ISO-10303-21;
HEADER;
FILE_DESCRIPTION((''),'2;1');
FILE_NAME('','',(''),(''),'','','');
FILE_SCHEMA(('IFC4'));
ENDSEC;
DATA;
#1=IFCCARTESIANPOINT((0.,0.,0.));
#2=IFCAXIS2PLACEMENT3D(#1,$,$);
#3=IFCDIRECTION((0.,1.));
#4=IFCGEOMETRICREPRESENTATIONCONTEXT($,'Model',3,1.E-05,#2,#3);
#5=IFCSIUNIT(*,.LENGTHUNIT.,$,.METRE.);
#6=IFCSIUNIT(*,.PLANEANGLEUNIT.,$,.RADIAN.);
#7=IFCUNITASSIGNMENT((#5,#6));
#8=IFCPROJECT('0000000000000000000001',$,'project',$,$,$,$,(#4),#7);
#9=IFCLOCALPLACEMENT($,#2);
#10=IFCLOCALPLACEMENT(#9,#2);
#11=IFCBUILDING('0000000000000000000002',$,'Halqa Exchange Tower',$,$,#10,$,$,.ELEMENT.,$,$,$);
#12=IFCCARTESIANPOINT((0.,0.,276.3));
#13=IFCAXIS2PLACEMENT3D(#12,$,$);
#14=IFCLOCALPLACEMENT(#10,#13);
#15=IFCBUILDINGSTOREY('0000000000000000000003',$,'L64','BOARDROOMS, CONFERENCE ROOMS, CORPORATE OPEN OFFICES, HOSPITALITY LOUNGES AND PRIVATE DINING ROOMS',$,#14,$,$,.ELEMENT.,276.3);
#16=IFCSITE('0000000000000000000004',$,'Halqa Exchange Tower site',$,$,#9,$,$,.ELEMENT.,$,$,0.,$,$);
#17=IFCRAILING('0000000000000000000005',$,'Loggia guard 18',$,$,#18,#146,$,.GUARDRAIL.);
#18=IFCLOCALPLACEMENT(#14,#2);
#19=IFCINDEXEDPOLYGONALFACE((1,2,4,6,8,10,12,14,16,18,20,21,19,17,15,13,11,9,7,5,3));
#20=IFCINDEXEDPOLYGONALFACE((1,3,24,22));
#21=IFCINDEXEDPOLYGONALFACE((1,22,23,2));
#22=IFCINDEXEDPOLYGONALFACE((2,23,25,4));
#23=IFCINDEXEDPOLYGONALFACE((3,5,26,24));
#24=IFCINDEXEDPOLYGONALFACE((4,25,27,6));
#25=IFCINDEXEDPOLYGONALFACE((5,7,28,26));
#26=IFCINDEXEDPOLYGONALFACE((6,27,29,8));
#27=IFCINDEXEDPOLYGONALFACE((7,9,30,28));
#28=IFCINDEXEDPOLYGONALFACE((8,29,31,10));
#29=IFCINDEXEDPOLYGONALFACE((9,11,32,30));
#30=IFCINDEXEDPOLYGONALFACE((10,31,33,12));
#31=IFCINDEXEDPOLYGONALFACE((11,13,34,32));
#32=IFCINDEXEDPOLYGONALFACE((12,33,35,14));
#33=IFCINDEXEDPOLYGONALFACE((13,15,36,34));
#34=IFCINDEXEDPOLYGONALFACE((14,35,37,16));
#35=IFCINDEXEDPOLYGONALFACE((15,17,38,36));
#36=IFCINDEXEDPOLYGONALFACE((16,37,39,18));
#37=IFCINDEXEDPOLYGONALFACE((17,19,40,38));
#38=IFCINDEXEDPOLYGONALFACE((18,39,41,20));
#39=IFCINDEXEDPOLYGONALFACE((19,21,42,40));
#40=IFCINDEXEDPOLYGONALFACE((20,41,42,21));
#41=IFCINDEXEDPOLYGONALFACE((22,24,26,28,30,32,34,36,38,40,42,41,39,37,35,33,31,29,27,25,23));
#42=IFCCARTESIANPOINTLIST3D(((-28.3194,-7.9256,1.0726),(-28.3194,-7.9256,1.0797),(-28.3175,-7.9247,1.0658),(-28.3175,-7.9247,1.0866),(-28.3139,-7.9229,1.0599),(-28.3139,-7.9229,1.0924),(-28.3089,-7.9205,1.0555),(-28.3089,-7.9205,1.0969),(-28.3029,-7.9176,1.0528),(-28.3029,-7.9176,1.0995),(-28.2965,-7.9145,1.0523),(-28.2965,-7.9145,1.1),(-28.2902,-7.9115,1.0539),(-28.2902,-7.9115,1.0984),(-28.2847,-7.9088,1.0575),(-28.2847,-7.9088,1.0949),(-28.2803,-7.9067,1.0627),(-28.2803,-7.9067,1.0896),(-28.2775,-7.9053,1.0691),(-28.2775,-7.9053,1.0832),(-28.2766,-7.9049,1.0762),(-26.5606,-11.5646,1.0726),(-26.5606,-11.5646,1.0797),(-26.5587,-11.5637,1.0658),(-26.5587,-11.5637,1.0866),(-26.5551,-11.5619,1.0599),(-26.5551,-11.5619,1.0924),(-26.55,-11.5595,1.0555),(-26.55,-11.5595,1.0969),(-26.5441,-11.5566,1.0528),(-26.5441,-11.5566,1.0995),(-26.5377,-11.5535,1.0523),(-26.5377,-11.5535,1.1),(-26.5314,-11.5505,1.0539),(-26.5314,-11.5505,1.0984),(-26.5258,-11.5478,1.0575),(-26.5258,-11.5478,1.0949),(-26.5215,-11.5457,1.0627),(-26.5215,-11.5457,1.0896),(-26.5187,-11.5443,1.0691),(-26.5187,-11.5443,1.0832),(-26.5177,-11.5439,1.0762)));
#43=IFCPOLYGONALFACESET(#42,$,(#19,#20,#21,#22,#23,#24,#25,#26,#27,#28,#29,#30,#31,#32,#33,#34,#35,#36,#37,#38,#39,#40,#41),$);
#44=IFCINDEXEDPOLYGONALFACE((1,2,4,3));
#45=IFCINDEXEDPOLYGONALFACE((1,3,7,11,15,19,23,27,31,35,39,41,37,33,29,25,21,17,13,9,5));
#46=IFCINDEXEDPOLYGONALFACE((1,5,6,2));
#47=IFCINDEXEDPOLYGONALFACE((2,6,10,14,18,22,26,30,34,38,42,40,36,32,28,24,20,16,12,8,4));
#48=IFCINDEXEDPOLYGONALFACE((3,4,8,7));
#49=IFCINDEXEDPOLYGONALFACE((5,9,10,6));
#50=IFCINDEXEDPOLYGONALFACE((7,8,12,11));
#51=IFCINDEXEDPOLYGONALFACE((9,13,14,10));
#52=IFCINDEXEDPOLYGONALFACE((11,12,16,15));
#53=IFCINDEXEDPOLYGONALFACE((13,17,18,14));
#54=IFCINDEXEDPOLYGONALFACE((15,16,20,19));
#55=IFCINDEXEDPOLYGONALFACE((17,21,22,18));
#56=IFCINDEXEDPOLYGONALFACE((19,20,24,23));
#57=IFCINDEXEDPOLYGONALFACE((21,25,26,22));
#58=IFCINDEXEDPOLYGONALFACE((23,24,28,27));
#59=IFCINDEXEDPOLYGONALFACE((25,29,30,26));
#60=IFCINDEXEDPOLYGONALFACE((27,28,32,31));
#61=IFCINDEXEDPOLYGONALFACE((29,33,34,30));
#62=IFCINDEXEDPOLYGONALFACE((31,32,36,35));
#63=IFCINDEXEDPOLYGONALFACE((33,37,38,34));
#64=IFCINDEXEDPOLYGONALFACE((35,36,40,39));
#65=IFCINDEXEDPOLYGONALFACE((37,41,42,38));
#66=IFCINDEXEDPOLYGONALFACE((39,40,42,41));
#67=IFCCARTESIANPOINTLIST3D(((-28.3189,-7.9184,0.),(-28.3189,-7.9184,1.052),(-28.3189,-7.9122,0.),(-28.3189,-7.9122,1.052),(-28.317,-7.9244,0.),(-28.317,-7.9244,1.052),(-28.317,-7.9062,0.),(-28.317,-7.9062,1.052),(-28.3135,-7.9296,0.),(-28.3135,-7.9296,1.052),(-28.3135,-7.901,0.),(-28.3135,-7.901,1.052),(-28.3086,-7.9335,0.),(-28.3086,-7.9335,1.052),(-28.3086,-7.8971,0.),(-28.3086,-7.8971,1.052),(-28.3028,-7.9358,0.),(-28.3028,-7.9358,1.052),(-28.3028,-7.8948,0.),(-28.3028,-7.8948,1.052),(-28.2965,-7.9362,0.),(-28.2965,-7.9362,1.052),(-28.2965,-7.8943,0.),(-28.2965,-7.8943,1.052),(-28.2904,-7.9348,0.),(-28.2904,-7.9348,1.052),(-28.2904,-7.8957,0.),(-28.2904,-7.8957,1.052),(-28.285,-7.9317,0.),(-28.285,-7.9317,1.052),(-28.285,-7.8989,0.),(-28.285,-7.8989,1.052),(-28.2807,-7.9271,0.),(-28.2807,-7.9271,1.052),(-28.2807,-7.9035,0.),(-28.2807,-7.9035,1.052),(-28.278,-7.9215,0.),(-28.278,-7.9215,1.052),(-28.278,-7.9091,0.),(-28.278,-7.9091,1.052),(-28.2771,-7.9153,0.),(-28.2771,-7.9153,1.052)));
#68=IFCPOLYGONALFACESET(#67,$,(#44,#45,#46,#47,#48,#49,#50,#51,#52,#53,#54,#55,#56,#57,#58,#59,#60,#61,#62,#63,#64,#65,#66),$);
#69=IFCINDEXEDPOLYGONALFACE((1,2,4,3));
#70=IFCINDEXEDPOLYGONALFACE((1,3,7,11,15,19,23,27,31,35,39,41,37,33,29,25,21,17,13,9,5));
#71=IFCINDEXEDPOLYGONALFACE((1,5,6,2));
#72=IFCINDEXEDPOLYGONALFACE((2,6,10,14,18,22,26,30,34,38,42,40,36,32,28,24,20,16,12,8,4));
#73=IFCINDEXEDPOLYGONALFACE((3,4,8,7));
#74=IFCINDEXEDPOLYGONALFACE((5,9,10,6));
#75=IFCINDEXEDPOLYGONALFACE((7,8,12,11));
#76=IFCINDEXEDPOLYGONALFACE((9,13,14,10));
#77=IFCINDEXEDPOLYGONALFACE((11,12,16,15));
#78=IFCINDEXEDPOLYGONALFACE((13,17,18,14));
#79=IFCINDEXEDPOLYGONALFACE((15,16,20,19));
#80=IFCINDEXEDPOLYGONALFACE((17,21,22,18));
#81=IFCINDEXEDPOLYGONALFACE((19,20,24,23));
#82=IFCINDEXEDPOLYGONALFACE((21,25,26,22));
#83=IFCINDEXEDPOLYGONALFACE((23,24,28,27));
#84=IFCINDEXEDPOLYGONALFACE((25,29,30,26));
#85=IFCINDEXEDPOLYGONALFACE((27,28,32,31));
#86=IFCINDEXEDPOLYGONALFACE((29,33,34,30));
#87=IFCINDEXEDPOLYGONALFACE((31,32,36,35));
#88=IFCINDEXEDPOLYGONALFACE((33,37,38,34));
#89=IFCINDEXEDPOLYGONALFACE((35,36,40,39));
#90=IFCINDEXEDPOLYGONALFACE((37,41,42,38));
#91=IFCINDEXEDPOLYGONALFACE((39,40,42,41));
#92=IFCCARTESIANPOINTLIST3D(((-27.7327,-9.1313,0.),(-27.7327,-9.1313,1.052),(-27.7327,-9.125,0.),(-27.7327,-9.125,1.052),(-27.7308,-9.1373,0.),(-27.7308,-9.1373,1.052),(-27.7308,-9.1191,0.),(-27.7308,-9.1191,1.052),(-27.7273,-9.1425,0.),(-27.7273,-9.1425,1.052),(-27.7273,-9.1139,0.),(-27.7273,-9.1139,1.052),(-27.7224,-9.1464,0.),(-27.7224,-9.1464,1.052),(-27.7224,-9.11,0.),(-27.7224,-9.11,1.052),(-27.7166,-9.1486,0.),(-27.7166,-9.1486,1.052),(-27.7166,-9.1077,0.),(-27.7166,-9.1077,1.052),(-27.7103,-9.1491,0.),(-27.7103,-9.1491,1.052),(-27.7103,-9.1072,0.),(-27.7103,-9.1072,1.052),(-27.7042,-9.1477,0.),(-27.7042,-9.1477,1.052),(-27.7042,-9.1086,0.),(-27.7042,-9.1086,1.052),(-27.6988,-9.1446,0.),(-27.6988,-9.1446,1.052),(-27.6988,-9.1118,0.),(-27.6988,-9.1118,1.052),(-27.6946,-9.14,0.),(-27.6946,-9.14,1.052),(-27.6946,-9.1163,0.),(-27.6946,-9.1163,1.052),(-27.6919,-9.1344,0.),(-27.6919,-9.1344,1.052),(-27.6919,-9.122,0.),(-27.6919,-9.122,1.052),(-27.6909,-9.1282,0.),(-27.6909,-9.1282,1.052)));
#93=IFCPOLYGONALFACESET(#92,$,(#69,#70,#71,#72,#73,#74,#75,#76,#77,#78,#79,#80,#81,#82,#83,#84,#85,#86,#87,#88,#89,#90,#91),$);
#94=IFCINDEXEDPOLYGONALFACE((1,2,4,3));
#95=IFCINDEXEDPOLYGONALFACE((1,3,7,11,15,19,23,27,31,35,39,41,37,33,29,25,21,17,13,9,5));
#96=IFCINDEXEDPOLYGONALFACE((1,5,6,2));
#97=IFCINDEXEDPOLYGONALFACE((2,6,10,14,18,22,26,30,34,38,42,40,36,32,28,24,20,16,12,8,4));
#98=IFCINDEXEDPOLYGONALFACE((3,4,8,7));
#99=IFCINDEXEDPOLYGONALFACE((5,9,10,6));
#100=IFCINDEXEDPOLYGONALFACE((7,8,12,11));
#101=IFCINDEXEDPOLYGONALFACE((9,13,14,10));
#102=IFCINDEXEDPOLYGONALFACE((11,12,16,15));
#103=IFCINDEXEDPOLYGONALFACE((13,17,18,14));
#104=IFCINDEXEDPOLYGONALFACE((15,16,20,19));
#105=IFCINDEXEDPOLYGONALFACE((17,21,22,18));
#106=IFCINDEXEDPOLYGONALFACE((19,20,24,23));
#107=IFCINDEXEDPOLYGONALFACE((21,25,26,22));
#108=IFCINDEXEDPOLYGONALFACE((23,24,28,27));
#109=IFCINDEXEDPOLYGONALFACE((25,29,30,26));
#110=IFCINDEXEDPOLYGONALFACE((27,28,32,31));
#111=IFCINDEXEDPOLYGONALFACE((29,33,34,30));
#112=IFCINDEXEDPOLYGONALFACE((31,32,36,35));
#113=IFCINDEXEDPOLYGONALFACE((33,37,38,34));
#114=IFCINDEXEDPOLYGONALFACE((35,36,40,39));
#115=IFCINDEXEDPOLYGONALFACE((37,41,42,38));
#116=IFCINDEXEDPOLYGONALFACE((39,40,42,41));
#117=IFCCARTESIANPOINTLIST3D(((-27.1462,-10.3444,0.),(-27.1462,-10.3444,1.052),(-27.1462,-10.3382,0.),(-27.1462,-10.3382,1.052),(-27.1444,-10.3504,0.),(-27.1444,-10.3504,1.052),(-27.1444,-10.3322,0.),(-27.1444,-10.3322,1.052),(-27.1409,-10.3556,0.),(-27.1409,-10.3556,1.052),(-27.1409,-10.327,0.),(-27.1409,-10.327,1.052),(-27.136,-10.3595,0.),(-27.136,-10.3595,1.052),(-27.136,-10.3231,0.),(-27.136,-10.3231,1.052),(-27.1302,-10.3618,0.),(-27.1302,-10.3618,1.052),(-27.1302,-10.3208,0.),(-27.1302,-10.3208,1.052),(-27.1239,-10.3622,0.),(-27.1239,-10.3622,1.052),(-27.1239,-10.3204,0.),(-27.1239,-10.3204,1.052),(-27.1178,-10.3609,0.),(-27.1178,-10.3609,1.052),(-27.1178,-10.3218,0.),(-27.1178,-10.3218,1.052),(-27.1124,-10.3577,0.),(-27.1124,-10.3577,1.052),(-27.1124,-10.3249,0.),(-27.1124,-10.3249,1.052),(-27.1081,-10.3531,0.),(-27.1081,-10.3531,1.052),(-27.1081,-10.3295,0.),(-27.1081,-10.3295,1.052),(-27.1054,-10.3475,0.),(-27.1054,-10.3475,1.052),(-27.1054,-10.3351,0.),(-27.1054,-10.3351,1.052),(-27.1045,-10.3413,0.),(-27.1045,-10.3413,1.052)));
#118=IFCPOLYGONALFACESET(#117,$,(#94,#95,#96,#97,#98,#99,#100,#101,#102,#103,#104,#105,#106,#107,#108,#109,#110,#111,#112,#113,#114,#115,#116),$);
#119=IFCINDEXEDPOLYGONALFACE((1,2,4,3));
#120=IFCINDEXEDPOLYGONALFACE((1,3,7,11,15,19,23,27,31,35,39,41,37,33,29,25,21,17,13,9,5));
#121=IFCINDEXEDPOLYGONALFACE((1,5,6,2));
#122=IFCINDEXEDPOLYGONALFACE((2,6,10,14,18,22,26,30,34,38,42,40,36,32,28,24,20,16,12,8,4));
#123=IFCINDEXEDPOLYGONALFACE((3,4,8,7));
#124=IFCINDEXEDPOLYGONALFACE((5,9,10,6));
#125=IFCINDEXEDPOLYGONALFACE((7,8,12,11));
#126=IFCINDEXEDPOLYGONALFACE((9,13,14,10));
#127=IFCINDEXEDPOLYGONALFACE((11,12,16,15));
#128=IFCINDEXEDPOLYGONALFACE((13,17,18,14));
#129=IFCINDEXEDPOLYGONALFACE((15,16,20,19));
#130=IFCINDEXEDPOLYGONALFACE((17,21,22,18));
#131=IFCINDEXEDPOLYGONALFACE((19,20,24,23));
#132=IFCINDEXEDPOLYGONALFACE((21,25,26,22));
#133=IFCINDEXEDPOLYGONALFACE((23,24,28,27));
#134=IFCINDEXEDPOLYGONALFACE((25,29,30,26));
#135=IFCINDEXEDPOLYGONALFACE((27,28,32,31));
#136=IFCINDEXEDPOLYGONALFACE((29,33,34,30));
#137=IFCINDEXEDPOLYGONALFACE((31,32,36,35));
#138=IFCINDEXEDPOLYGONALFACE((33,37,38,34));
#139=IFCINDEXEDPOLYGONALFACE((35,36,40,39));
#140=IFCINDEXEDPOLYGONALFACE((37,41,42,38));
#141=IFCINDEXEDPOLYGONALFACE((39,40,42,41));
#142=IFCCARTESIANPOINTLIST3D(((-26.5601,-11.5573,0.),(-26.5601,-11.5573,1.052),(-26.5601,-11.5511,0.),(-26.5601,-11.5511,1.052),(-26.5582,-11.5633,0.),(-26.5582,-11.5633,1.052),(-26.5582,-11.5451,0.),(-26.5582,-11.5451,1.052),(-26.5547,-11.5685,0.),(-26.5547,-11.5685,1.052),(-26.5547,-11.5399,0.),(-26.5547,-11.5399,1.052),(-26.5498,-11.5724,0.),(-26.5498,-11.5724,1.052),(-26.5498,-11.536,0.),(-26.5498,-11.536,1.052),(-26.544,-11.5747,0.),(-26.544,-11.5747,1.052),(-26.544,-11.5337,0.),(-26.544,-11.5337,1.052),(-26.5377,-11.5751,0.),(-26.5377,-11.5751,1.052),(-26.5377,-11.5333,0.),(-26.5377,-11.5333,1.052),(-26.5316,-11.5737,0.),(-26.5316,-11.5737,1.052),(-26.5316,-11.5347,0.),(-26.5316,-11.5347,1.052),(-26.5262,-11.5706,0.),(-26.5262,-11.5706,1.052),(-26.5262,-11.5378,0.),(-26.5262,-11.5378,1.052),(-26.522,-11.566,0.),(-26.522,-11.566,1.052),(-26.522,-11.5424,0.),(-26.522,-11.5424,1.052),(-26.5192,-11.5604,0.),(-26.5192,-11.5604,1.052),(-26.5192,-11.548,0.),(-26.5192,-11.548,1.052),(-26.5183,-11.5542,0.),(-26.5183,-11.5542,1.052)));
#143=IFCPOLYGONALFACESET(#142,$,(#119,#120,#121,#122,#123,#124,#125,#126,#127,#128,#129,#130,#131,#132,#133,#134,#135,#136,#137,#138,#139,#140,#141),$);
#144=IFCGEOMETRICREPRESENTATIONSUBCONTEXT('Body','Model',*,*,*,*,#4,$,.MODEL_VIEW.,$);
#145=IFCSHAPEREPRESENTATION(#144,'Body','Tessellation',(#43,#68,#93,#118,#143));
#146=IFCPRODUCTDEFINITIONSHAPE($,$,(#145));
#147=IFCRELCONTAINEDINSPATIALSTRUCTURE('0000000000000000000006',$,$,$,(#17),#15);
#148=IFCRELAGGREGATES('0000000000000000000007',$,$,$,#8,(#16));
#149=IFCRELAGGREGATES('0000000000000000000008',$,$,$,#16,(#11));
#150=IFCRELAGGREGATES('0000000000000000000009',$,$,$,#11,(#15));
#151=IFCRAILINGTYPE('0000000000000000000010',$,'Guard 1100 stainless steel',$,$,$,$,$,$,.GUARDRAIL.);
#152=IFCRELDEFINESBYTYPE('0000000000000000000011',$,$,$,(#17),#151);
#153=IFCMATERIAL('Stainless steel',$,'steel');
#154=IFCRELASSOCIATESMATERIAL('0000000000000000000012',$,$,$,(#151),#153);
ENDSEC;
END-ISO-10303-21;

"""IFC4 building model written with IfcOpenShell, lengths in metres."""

from ifc_helpers import new_model, si_unit, direction, frame, origin, origin_2d, place, context, subcontext, project, spatial, circle, extrude, material, type_object, element, save


model = new_model("IFC4")

# Units and contexts
model_context = context("Model", 3, precision=1e-05, world=origin(), true_north=direction((0.0, 1.0)))
body_context = subcontext(model_context, "Body", "Model", "MODEL_VIEW")
ifc_project = project(units=[si_unit("LENGTHUNIT", "METRE"), si_unit("PLANEANGLEUNIT", "RADIAN")], contexts=[model_context])

# Site, building, storey
site_placement = place(None, origin())
site = spatial("IfcSite", under=ifc_project, at=site_placement, Name="Halqa Exchange Tower site", CompositionType="ELEMENT", RefElevation=0.0)
building_placement = place(site_placement, origin())
building = spatial("IfcBuilding", under=site, at=building_placement, Name="Halqa Exchange Tower", CompositionType="ELEMENT")
storey_placement = place(building_placement, frame((0.0, 0.0, 276.3)))
storey = spatial("IfcBuildingStorey", under=building, at=storey_placement, Name="L64", Description="BOARDROOMS, CONFERENCE ROOMS, CORPORATE OPEN OFFICES, HOSPITALITY LOUNGES AND PRIVATE DINING ROOMS", CompositionType="ELEMENT", Elevation=276.3)

# Railing
ifc_material_1 = material(Name="Stainless steel", Category="steel")
railing_type = type_object("IfcRailingType", Name="Guard 1100 stainless steel", PredefinedType="GUARDRAIL", material=ifc_material_1)
railing_1_placement = place(storey_placement, frame((-28.2981, -7.9153, 0.0)))
element("IfcRailing", 1, at=railing_1_placement, inside=storey, type_object=railing_type, Name="Loggia guard 18", PredefinedType="GUARDRAIL", context=body_context, shape_type="SweptSolid", body=[
    extrude(circle(Radius=0.0239, at=origin_2d()), frame((0.0, 0.0, 1.0762), z_axis=(0.435165, -0.900351, 0.0), x_axis=(0.900351, 0.435165, 0.0)), (0.0, 0.0, 1.0), 4.0417),
    extrude(circle(Radius=0.021, at=origin_2d()), origin(), (0.0, 0.0, 1.0), 1.052),
    extrude(circle(Radius=0.021, at=origin_2d()), frame((0.5862, -1.2129, 0.0)), (0.0, 0.0, 1.0), 1.052),
    extrude(circle(Radius=0.021, at=origin_2d()), frame((1.1726, -2.426, 0.0)), (0.0, 0.0, 1.0), 1.052),
    extrude(circle(Radius=0.021, at=origin_2d()), frame((1.7588, -3.6389, 0.0)), (0.0, 0.0, 1.0), 1.052),
])

save(model, "model.ifc")
